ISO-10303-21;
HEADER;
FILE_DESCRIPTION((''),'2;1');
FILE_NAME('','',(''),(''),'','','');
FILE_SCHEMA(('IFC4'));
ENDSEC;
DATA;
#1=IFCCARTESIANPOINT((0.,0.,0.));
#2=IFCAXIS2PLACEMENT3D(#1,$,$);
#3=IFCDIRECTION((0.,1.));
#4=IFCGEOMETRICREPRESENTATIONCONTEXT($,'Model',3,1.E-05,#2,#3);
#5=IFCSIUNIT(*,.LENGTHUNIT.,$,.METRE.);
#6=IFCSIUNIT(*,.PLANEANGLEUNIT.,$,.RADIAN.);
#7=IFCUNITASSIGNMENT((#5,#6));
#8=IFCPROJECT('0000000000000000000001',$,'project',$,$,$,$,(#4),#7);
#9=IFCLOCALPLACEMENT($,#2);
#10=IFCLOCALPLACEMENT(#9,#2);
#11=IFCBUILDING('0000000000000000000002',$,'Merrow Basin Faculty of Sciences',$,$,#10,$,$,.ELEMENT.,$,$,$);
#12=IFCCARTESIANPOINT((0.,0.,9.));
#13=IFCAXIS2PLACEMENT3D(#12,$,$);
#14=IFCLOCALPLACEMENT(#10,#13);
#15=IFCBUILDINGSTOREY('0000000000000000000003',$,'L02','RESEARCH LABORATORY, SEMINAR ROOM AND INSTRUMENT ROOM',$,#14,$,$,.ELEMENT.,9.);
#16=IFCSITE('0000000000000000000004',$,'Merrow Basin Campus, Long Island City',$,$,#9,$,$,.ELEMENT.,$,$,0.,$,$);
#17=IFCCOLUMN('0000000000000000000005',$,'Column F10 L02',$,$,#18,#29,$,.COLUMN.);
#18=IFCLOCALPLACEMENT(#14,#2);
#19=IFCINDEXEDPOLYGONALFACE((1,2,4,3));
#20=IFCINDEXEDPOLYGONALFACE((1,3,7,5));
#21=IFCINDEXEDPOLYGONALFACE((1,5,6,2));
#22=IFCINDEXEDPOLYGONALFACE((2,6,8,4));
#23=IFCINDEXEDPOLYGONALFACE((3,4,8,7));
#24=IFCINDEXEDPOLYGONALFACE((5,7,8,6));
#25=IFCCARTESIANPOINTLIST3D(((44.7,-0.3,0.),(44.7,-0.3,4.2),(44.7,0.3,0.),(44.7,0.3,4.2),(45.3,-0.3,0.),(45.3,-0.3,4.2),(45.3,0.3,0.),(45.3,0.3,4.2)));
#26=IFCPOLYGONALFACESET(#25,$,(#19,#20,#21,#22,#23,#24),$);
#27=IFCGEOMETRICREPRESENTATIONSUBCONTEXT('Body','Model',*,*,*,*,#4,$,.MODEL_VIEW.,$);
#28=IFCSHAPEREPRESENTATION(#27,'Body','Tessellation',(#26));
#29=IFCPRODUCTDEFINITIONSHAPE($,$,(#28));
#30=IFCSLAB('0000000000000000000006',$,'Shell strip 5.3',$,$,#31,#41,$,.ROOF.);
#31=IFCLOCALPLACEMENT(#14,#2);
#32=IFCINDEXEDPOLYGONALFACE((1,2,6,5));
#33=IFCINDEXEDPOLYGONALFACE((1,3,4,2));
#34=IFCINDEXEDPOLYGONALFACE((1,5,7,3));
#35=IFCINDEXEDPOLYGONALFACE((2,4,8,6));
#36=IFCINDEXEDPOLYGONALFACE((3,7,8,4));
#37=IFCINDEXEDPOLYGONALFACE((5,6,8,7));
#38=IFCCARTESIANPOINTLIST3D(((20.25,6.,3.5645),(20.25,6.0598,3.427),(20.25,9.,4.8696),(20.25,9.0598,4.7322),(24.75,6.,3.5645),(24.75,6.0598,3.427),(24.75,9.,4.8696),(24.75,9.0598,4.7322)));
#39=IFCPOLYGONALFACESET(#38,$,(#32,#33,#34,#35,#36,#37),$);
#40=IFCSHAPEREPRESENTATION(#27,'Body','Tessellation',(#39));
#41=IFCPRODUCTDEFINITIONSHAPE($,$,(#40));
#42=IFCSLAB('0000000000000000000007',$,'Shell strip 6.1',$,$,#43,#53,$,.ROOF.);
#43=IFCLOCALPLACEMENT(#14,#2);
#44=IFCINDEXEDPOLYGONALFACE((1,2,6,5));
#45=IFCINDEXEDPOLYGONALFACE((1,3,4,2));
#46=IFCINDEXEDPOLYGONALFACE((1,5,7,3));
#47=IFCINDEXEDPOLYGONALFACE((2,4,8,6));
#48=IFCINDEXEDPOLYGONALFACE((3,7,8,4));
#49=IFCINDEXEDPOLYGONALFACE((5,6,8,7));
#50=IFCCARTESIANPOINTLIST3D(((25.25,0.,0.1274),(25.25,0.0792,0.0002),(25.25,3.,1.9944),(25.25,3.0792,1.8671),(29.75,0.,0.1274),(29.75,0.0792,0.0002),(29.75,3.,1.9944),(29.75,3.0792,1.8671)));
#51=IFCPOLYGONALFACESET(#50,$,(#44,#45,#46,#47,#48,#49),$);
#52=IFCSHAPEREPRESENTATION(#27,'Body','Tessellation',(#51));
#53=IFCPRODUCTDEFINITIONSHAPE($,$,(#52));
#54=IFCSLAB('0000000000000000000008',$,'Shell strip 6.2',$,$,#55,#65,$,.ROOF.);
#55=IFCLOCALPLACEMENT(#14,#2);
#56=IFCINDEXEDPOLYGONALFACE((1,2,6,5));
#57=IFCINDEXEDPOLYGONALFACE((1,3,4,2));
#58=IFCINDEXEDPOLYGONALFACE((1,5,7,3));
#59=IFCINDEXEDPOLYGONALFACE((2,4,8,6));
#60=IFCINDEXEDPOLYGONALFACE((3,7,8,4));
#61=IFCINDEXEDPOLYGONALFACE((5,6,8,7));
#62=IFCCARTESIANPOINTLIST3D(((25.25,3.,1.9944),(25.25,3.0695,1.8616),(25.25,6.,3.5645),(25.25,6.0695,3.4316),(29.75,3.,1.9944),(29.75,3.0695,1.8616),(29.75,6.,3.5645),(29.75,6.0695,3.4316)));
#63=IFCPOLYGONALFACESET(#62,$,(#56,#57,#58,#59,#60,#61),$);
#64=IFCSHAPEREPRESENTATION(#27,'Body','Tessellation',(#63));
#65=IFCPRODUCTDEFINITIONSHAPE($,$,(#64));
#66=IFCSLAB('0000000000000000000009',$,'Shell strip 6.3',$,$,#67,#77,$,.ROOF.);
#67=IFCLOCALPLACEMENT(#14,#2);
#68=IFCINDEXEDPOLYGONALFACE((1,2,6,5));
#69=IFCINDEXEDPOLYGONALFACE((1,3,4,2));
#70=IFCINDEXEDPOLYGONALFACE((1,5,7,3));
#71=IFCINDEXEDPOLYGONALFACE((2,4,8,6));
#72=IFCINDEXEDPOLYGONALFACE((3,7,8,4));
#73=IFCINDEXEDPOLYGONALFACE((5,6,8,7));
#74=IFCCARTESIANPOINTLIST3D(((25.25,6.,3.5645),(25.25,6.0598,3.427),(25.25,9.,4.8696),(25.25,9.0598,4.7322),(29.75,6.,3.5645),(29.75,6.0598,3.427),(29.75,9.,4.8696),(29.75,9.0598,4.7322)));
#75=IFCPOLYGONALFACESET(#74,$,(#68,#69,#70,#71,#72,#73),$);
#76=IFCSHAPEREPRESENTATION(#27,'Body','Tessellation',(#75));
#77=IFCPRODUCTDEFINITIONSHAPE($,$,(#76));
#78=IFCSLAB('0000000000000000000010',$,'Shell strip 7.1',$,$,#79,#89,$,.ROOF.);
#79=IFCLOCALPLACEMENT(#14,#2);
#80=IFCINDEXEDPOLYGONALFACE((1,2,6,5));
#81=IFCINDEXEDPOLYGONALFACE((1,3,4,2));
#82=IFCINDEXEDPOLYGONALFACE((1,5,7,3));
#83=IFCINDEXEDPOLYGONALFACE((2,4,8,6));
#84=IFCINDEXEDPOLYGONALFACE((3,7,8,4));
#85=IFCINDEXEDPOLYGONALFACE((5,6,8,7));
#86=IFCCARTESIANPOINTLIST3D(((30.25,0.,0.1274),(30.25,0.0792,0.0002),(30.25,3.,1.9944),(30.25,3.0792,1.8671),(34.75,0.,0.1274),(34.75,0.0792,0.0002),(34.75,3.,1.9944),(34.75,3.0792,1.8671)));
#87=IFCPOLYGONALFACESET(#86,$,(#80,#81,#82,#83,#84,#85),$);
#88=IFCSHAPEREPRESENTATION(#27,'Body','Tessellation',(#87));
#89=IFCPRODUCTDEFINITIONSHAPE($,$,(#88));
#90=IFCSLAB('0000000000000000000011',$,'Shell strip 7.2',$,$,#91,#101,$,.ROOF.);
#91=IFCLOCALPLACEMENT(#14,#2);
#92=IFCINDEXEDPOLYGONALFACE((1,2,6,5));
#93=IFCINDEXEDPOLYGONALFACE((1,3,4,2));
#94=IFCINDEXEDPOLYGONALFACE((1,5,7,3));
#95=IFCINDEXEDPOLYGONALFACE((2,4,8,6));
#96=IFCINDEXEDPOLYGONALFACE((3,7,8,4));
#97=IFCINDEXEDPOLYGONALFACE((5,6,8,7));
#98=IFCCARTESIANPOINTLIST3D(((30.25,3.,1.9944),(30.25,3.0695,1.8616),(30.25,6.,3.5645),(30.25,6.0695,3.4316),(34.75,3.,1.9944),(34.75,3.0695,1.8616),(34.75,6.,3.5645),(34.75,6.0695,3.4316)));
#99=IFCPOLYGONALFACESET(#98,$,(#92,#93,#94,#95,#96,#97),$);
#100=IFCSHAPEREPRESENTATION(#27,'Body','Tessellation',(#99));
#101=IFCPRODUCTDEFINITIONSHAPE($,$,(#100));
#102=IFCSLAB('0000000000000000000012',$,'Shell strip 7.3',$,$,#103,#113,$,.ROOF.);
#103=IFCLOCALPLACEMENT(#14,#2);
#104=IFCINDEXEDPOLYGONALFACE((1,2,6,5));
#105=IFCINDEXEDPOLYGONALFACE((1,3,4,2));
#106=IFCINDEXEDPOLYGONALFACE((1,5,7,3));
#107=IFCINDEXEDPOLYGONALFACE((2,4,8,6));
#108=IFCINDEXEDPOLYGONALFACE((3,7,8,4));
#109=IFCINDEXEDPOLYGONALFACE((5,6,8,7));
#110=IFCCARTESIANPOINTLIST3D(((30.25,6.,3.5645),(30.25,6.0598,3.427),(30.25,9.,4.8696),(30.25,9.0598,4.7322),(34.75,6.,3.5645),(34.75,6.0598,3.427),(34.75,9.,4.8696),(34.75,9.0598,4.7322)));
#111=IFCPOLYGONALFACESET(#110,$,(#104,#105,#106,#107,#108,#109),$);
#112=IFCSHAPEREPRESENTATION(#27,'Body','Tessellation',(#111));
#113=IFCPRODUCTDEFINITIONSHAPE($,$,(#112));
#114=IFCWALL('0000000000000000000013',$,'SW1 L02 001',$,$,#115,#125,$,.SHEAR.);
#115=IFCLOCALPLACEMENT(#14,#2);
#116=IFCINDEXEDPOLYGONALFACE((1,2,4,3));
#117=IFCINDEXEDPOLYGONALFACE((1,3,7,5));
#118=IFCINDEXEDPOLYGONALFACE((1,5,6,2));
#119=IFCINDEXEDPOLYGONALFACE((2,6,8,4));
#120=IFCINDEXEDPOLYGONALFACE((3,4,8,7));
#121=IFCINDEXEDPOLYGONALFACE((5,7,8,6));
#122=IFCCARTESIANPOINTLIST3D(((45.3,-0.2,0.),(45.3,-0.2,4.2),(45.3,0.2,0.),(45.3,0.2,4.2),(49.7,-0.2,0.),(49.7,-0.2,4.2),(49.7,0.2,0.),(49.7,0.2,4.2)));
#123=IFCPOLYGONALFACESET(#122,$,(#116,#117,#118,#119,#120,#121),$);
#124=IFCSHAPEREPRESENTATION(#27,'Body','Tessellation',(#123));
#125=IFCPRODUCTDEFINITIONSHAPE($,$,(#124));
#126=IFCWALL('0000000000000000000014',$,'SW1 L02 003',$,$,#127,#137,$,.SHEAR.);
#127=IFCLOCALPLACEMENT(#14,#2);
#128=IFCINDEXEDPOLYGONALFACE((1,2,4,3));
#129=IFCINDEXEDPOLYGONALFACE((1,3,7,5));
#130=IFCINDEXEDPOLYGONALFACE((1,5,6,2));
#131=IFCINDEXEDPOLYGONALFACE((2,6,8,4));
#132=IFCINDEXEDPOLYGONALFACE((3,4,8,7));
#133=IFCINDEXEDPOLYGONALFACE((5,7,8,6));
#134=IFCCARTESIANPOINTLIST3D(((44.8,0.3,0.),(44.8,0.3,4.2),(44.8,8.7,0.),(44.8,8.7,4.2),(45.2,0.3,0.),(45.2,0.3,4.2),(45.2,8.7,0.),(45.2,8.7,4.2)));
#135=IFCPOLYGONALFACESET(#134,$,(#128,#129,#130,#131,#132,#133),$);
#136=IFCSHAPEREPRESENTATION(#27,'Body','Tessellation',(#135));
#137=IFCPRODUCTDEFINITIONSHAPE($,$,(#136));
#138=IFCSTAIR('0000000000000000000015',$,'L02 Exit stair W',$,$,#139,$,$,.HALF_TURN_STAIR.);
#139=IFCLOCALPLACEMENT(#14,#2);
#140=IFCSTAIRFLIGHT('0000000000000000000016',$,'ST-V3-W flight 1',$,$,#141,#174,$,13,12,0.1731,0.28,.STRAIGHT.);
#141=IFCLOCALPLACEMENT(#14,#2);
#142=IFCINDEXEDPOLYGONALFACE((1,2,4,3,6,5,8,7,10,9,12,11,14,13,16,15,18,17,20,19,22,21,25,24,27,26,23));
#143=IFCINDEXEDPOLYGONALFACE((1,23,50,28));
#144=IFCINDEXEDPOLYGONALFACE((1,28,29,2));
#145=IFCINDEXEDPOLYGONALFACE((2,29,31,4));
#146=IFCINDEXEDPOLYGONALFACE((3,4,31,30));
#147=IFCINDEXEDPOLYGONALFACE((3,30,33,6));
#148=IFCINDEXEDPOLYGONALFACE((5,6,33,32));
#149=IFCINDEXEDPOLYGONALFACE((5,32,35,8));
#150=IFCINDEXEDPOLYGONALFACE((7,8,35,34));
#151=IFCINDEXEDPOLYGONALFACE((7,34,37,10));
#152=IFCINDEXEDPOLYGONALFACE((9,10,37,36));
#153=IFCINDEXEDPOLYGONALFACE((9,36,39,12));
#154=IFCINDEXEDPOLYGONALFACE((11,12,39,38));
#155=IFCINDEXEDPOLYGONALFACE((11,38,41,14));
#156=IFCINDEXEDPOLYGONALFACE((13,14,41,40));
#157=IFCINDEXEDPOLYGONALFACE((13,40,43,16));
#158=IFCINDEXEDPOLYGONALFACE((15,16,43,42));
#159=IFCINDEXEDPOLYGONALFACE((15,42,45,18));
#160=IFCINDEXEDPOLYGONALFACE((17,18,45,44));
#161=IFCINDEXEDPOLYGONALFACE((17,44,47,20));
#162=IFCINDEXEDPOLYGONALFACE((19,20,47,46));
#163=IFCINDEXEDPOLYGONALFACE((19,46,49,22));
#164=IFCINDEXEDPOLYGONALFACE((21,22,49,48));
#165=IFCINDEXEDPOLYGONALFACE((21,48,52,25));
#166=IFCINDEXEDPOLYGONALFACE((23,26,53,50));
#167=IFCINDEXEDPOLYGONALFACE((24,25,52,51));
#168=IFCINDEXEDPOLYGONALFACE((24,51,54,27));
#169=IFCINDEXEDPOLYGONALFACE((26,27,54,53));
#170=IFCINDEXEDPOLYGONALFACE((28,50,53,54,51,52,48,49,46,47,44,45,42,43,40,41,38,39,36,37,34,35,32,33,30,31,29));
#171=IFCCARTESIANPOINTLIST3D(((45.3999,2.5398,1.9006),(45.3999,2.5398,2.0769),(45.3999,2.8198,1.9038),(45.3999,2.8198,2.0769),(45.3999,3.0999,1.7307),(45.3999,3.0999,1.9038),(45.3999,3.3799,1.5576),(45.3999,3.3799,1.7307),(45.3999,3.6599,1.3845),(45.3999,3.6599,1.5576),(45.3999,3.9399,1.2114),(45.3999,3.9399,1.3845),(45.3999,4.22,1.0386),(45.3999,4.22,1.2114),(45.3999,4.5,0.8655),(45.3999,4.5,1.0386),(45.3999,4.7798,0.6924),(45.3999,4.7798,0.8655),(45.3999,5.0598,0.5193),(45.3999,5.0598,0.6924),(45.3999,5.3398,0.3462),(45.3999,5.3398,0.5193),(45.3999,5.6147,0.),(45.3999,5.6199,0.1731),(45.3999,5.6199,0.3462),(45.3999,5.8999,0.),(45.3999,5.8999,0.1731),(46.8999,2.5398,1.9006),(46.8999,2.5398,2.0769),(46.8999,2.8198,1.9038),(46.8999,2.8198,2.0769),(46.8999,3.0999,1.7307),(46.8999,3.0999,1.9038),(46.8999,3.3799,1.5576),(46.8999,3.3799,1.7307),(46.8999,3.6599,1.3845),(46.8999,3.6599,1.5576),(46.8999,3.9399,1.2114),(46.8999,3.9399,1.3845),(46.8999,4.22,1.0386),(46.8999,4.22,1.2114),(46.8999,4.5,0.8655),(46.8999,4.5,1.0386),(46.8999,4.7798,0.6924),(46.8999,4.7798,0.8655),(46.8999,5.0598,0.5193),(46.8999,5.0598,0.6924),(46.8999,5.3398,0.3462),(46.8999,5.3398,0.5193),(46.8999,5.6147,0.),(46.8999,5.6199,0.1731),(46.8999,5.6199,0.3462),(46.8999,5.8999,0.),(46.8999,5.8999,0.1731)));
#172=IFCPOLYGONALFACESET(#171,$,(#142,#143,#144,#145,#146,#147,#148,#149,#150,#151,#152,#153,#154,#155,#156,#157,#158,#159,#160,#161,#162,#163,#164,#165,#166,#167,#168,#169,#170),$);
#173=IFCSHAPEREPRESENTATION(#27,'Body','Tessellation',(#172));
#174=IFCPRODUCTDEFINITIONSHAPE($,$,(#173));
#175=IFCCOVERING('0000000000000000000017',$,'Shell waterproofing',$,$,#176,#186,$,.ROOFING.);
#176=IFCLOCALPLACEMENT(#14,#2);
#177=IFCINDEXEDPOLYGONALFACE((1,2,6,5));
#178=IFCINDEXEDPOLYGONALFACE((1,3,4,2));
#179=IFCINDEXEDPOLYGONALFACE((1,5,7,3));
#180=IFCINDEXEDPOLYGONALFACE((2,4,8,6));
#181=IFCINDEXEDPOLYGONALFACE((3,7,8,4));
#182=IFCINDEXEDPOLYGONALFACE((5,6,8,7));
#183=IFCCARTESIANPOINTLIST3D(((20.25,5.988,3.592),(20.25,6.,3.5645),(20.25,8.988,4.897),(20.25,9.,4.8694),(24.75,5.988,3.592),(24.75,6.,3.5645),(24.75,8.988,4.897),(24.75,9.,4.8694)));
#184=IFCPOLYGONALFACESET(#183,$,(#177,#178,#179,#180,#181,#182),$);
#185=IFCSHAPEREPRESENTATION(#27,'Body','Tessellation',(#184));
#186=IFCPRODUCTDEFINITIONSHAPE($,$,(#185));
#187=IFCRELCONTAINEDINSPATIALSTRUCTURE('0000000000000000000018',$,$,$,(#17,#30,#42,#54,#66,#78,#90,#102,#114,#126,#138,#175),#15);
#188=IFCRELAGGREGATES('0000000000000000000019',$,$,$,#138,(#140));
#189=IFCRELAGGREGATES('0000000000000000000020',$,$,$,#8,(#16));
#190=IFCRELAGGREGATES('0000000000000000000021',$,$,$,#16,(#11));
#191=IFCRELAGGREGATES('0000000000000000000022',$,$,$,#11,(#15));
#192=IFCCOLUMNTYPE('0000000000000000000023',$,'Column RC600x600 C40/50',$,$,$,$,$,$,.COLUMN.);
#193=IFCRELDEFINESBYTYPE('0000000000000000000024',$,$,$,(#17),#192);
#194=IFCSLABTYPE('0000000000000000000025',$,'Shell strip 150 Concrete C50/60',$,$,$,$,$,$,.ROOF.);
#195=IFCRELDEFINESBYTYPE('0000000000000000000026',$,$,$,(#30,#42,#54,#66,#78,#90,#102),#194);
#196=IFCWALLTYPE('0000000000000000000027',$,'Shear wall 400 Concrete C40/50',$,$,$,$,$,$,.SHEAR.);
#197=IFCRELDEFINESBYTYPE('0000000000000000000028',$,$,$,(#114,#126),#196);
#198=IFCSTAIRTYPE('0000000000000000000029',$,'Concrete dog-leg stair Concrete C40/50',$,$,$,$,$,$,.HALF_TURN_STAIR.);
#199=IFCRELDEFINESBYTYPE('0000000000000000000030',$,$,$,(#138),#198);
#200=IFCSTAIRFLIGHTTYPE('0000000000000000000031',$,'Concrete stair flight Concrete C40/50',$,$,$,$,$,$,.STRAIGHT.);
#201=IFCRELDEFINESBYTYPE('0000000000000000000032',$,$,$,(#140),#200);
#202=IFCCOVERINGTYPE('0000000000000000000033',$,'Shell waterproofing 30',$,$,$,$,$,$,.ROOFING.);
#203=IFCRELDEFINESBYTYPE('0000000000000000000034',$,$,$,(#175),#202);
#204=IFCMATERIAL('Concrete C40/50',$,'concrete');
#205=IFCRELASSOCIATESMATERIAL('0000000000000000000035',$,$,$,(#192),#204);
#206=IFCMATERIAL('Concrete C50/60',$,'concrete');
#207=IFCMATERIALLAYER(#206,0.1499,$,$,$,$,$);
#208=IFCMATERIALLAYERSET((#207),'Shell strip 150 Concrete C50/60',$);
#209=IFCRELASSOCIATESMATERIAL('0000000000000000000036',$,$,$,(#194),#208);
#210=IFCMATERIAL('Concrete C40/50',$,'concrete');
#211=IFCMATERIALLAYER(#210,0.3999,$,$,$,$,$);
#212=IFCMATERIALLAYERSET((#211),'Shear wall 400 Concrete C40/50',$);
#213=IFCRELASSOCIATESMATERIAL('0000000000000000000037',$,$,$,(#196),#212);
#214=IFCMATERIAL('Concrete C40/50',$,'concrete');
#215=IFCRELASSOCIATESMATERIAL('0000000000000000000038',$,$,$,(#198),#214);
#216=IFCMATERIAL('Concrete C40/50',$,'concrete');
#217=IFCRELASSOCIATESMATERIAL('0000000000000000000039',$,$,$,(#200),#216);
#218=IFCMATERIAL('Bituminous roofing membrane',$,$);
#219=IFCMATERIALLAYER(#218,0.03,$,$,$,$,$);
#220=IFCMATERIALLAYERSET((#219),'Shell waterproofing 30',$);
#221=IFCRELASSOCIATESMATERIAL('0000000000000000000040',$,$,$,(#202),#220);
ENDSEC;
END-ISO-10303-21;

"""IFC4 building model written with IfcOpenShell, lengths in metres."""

from ifc_helpers import new_model, si_unit, direction, frame, frame_2d, origin, origin_2d, place, context, subcontext, project, spatial, polyline, rectangle, outline, extrude, material, layer, layer_set, material_profile, profile_set, type_object, element, aggregate, save


model = new_model("IFC4")

# Units and contexts
model_context = context("Model", 3, precision=1e-05, world=origin(), true_north=direction((0.0, 1.0)))
body_context = subcontext(model_context, "Body", "Model", "MODEL_VIEW")
ifc_project = project(units=[si_unit("LENGTHUNIT", "METRE"), si_unit("PLANEANGLEUNIT", "RADIAN")], contexts=[model_context])

# Site, building, storey
site_placement = place(None, origin())
site = spatial("IfcSite", under=ifc_project, at=site_placement, Name="Merrow Basin Campus, Long Island City", CompositionType="ELEMENT", RefElevation=0.0)
building_placement = place(site_placement, origin())
building = spatial("IfcBuilding", under=site, at=building_placement, Name="Merrow Basin Faculty of Sciences", CompositionType="ELEMENT")
storey_placement = place(building_placement, frame((0.0, 0.0, 9.0)))
storey = spatial("IfcBuildingStorey", under=building, at=storey_placement, Name="L02", Description="RESEARCH LABORATORY, SEMINAR ROOM AND INSTRUMENT ROOM", CompositionType="ELEMENT", Elevation=9.0)

# Column
ifc_material_1 = material(Name="Concrete C40/50", Category="concrete")
ifc_material_profile = material_profile(ifc_material_1, rectangle(XDim=0.6001, YDim=0.6001, at=origin_2d()))
ifc_profile_set = profile_set([ifc_material_profile], Name="Concrete C40/50")
column_type = type_object("IfcColumnType", Name="Column RC600x600 C40/50", PredefinedType="COLUMN", material=ifc_profile_set)
column_placement = place(storey_placement, frame((45.0, 0.0, 0.0), z_axis=(0.0, 0.0, 1.0), x_axis=(1.0, 0.0, 0.0)))
element("IfcColumn", 1, at=column_placement, inside=storey, type_object=column_type, Name="Column F10 L02", PredefinedType="COLUMN", context=body_context, shape_type="SweptSolid", body=[
    extrude(rectangle(XDim=0.6001, YDim=0.6001, at=origin_2d()), origin(), (0.0, 0.0, 1.0), 4.2),
])

# Slabs
ifc_material_2 = material(Name="Concrete C50/60", Category="concrete")
ifc_layer_1 = layer(ifc_material_2, 0.1499)
ifc_layer_set_1 = layer_set([ifc_layer_1], Name="Shell strip 150 Concrete C50/60")
slab_type = type_object("IfcSlabType", Name="Shell strip 150 Concrete C50/60", PredefinedType="ROOF", material=ifc_layer_set_1)
slab_1_placement = place(storey_placement, frame((20.25, 6.0, 3.5645), z_axis=(0.0, -0.398939, 0.916977), x_axis=(1.0, 0.0, 0.0)))
element("IfcSlab", 2, at=slab_1_placement, inside=storey, type_object=slab_type, Name="Shell strip 5.3", PredefinedType="ROOF", context=body_context, shape_type="SweptSolid", body=[
    extrude(outline(polyline([(0.0, 0.0), (4.5, 0.0), (4.5, 3.2716), (0.0, 3.2716), (0.0, 0.0)])), origin(), (0.0, 0.0, -1.0), 0.1499),
])
slab_2_placement = place(storey_placement, frame((25.25, 0.0, 0.1274), z_axis=(0.0, -0.528358, 0.849021), x_axis=(1.0, 0.0, 0.0)))
element("IfcSlab", 3, at=slab_2_placement, inside=storey, type_object=slab_type, Name="Shell strip 6.1", PredefinedType="ROOF", context=body_context, shape_type="SweptSolid", body=[
    extrude(outline(polyline([(0.0, 0.0), (4.5, 0.0), (4.5, 3.5335), (0.0, 3.5335), (0.0, 0.0)])), origin(), (0.0, 0.0, -1.0), 0.1499),
])
slab_3_placement = place(storey_placement, frame((25.25, 3.0, 1.9944), z_axis=(0.0, -0.463692, 0.885997), x_axis=(1.0, 0.0, 0.0)))
element("IfcSlab", 4, at=slab_3_placement, inside=storey, type_object=slab_type, Name="Shell strip 6.2", PredefinedType="ROOF", context=body_context, shape_type="SweptSolid", body=[
    extrude(outline(polyline([(0.0, 0.0), (4.5, 0.0), (4.5, 3.386), (0.0, 3.386), (0.0, 0.0)])), origin(), (0.0, 0.0, -1.0), 0.1499),
])
slab_4_placement = place(storey_placement, frame((25.25, 6.0, 3.5645), z_axis=(0.0, -0.398939, 0.916977), x_axis=(1.0, 0.0, 0.0)))
element("IfcSlab", 5, at=slab_4_placement, inside=storey, type_object=slab_type, Name="Shell strip 6.3", PredefinedType="ROOF", context=body_context, shape_type="SweptSolid", body=[
    extrude(outline(polyline([(0.0, 0.0), (4.5, 0.0), (4.5, 3.2716), (0.0, 3.2716), (0.0, 0.0)])), origin(), (0.0, 0.0, -1.0), 0.1499),
])
slab_5_placement = place(storey_placement, frame((30.25, 0.0, 0.1274), z_axis=(0.0, -0.528358, 0.849021), x_axis=(1.0, 0.0, 0.0)))
element("IfcSlab", 6, at=slab_5_placement, inside=storey, type_object=slab_type, Name="Shell strip 7.1", PredefinedType="ROOF", context=body_context, shape_type="SweptSolid", body=[
    extrude(outline(polyline([(0.0, 0.0), (4.5, 0.0), (4.5, 3.5335), (0.0, 3.5335), (0.0, 0.0)])), origin(), (0.0, 0.0, -1.0), 0.1499),
])
slab_6_placement = place(storey_placement, frame((30.25, 3.0, 1.9944), z_axis=(0.0, -0.463692, 0.885997), x_axis=(1.0, 0.0, 0.0)))
element("IfcSlab", 7, at=slab_6_placement, inside=storey, type_object=slab_type, Name="Shell strip 7.2", PredefinedType="ROOF", context=body_context, shape_type="SweptSolid", body=[
    extrude(outline(polyline([(0.0, 0.0), (4.5, 0.0), (4.5, 3.386), (0.0, 3.386), (0.0, 0.0)])), origin(), (0.0, 0.0, -1.0), 0.1499),
])
slab_7_placement = place(storey_placement, frame((30.25, 6.0, 3.5645), z_axis=(0.0, -0.398939, 0.916977), x_axis=(1.0, 0.0, 0.0)))
element("IfcSlab", 8, at=slab_7_placement, inside=storey, type_object=slab_type, Name="Shell strip 7.3", PredefinedType="ROOF", context=body_context, shape_type="SweptSolid", body=[
    extrude(outline(polyline([(0.0, 0.0), (4.5, 0.0), (4.5, 3.2716), (0.0, 3.2716), (0.0, 0.0)])), origin(), (0.0, 0.0, -1.0), 0.1499),
])

# Walls
ifc_material_3 = material(Name="Concrete C40/50", Category="concrete")
ifc_layer_2 = layer(ifc_material_3, 0.3999)
ifc_layer_set_2 = layer_set([ifc_layer_2], Name="Shear wall 400 Concrete C40/50")
wall_type = type_object("IfcWallType", Name="Shear wall 400 Concrete C40/50", PredefinedType="SHEAR", material=ifc_layer_set_2)
wall_1_placement = place(storey_placement, frame((45.3, 0.0, 0.0), z_axis=(0.0, 0.0, 1.0), x_axis=(1.0, 0.0, 0.0)))
element("IfcWall", 9, at=wall_1_placement, inside=storey, type_object=wall_type, Name="SW1 L02 001", PredefinedType="SHEAR", context=body_context, shape_type="SweptSolid", body=[
    extrude(rectangle(XDim=4.3999, YDim=0.3999, at=frame_2d((2.2, 0.0))), origin(), (0.0, 0.0, 1.0), 4.2),
])
wall_2_placement = place(storey_placement, frame((45.0, 0.3, 0.0), z_axis=(0.0, 0.0, 1.0), x_axis=(0.0, 1.0, 0.0)))
element("IfcWall", 10, at=wall_2_placement, inside=storey, type_object=wall_type, Name="SW1 L02 003", PredefinedType="SHEAR", context=body_context, shape_type="SweptSolid", body=[
    extrude(rectangle(XDim=8.3999, YDim=0.3999, at=frame_2d((4.2, 0.0))), origin(), (0.0, 0.0, 1.0), 4.2),
])

# Stair, stair flight
ifc_material_4 = material(Name="Concrete C40/50", Category="concrete")
stair_type = type_object("IfcStairType", Name="Concrete dog-leg stair Concrete C40/50", PredefinedType="HALF_TURN_STAIR", material=ifc_material_4)
stair_placement = place(storey_placement, origin())
stair = element("IfcStair", 11, at=stair_placement, inside=storey, type_object=stair_type, Name="L02 Exit stair W", PredefinedType="HALF_TURN_STAIR")
ifc_material_5 = material(Name="Concrete C40/50", Category="concrete")
stair_flight_type = type_object("IfcStairFlightType", Name="Concrete stair flight Concrete C40/50", PredefinedType="STRAIGHT", material=ifc_material_5)
stair_flight_placement = place(storey_placement, frame((46.1499, 5.8999, 0.0), z_axis=(0.0, 0.0, 1.0), x_axis=(0.0, -1.0, 0.0)))
stair_flight = element("IfcStairFlight", 12, at=stair_flight_placement, type_object=stair_flight_type, Name="ST-V3-W flight 1", NumberOfRisers=13, NumberOfTreads=12, PredefinedType="STRAIGHT", RiserHeight=0.1731, TreadLength=0.28, context=body_context, shape_type="SweptSolid", body=[
    extrude(outline(polyline([(0.0, 0.0), (0.0, 0.1731), (0.28, 0.1731), (0.28, 0.3462), (0.5601, 0.3462), (0.5601, 0.5193), (0.8401, 0.5193), (0.8401, 0.6924), (1.1201, 0.6924), (1.1201, 0.8655), (1.3999, 0.8655), (1.3999, 1.0386), (1.6799, 1.0386), (1.6799, 1.2114), (1.96, 1.2114), (1.96, 1.3845), (2.24, 1.3845), (2.24, 1.5576), (2.52, 1.5576), (2.52, 1.7307), (2.8, 1.7307), (2.8, 1.9038), (3.0801, 1.9038), (3.0801, 2.0769), (3.3601, 2.0769), (3.3601, 2.25), (3.3601, 1.9006), (0.2852, 0.0), (0.0, 0.0)])), frame((0.0, 0.75, 0.0), z_axis=(0.0, -1.0, 0.0), x_axis=(1.0, 0.0, 0.0)), (0.0, 0.0, 1.0), 1.5),
])
aggregate(stair, [stair_flight])

# Covering
ifc_material_6 = material(Name="Bituminous roofing membrane")
ifc_layer_3 = layer(ifc_material_6, 0.03)
ifc_layer_set_3 = layer_set([ifc_layer_3], Name="Shell waterproofing 30")
covering_type = type_object("IfcCoveringType", Name="Shell waterproofing 30", PredefinedType="ROOFING", material=ifc_layer_set_3)
covering_1_placement = place(storey_placement, frame((20.25, 5.988, 3.592), z_axis=(0.0, -0.398876, 0.917005), x_axis=(1.0, 0.0, 0.0)))
element("IfcCovering", 13, at=covering_1_placement, inside=storey, type_object=covering_type, Name="Shell waterproofing", PredefinedType="ROOFING", context=body_context, shape_type="SweptSolid", body=[
    extrude(outline(polyline([(0.0, 0.0), (4.5, 0.0), (4.5, 3.2715), (0.0, 3.2715), (0.0, 0.0)])), origin(), (0.0, 0.0, -1.0), 0.03),
])

save(model, "model.ifc")
